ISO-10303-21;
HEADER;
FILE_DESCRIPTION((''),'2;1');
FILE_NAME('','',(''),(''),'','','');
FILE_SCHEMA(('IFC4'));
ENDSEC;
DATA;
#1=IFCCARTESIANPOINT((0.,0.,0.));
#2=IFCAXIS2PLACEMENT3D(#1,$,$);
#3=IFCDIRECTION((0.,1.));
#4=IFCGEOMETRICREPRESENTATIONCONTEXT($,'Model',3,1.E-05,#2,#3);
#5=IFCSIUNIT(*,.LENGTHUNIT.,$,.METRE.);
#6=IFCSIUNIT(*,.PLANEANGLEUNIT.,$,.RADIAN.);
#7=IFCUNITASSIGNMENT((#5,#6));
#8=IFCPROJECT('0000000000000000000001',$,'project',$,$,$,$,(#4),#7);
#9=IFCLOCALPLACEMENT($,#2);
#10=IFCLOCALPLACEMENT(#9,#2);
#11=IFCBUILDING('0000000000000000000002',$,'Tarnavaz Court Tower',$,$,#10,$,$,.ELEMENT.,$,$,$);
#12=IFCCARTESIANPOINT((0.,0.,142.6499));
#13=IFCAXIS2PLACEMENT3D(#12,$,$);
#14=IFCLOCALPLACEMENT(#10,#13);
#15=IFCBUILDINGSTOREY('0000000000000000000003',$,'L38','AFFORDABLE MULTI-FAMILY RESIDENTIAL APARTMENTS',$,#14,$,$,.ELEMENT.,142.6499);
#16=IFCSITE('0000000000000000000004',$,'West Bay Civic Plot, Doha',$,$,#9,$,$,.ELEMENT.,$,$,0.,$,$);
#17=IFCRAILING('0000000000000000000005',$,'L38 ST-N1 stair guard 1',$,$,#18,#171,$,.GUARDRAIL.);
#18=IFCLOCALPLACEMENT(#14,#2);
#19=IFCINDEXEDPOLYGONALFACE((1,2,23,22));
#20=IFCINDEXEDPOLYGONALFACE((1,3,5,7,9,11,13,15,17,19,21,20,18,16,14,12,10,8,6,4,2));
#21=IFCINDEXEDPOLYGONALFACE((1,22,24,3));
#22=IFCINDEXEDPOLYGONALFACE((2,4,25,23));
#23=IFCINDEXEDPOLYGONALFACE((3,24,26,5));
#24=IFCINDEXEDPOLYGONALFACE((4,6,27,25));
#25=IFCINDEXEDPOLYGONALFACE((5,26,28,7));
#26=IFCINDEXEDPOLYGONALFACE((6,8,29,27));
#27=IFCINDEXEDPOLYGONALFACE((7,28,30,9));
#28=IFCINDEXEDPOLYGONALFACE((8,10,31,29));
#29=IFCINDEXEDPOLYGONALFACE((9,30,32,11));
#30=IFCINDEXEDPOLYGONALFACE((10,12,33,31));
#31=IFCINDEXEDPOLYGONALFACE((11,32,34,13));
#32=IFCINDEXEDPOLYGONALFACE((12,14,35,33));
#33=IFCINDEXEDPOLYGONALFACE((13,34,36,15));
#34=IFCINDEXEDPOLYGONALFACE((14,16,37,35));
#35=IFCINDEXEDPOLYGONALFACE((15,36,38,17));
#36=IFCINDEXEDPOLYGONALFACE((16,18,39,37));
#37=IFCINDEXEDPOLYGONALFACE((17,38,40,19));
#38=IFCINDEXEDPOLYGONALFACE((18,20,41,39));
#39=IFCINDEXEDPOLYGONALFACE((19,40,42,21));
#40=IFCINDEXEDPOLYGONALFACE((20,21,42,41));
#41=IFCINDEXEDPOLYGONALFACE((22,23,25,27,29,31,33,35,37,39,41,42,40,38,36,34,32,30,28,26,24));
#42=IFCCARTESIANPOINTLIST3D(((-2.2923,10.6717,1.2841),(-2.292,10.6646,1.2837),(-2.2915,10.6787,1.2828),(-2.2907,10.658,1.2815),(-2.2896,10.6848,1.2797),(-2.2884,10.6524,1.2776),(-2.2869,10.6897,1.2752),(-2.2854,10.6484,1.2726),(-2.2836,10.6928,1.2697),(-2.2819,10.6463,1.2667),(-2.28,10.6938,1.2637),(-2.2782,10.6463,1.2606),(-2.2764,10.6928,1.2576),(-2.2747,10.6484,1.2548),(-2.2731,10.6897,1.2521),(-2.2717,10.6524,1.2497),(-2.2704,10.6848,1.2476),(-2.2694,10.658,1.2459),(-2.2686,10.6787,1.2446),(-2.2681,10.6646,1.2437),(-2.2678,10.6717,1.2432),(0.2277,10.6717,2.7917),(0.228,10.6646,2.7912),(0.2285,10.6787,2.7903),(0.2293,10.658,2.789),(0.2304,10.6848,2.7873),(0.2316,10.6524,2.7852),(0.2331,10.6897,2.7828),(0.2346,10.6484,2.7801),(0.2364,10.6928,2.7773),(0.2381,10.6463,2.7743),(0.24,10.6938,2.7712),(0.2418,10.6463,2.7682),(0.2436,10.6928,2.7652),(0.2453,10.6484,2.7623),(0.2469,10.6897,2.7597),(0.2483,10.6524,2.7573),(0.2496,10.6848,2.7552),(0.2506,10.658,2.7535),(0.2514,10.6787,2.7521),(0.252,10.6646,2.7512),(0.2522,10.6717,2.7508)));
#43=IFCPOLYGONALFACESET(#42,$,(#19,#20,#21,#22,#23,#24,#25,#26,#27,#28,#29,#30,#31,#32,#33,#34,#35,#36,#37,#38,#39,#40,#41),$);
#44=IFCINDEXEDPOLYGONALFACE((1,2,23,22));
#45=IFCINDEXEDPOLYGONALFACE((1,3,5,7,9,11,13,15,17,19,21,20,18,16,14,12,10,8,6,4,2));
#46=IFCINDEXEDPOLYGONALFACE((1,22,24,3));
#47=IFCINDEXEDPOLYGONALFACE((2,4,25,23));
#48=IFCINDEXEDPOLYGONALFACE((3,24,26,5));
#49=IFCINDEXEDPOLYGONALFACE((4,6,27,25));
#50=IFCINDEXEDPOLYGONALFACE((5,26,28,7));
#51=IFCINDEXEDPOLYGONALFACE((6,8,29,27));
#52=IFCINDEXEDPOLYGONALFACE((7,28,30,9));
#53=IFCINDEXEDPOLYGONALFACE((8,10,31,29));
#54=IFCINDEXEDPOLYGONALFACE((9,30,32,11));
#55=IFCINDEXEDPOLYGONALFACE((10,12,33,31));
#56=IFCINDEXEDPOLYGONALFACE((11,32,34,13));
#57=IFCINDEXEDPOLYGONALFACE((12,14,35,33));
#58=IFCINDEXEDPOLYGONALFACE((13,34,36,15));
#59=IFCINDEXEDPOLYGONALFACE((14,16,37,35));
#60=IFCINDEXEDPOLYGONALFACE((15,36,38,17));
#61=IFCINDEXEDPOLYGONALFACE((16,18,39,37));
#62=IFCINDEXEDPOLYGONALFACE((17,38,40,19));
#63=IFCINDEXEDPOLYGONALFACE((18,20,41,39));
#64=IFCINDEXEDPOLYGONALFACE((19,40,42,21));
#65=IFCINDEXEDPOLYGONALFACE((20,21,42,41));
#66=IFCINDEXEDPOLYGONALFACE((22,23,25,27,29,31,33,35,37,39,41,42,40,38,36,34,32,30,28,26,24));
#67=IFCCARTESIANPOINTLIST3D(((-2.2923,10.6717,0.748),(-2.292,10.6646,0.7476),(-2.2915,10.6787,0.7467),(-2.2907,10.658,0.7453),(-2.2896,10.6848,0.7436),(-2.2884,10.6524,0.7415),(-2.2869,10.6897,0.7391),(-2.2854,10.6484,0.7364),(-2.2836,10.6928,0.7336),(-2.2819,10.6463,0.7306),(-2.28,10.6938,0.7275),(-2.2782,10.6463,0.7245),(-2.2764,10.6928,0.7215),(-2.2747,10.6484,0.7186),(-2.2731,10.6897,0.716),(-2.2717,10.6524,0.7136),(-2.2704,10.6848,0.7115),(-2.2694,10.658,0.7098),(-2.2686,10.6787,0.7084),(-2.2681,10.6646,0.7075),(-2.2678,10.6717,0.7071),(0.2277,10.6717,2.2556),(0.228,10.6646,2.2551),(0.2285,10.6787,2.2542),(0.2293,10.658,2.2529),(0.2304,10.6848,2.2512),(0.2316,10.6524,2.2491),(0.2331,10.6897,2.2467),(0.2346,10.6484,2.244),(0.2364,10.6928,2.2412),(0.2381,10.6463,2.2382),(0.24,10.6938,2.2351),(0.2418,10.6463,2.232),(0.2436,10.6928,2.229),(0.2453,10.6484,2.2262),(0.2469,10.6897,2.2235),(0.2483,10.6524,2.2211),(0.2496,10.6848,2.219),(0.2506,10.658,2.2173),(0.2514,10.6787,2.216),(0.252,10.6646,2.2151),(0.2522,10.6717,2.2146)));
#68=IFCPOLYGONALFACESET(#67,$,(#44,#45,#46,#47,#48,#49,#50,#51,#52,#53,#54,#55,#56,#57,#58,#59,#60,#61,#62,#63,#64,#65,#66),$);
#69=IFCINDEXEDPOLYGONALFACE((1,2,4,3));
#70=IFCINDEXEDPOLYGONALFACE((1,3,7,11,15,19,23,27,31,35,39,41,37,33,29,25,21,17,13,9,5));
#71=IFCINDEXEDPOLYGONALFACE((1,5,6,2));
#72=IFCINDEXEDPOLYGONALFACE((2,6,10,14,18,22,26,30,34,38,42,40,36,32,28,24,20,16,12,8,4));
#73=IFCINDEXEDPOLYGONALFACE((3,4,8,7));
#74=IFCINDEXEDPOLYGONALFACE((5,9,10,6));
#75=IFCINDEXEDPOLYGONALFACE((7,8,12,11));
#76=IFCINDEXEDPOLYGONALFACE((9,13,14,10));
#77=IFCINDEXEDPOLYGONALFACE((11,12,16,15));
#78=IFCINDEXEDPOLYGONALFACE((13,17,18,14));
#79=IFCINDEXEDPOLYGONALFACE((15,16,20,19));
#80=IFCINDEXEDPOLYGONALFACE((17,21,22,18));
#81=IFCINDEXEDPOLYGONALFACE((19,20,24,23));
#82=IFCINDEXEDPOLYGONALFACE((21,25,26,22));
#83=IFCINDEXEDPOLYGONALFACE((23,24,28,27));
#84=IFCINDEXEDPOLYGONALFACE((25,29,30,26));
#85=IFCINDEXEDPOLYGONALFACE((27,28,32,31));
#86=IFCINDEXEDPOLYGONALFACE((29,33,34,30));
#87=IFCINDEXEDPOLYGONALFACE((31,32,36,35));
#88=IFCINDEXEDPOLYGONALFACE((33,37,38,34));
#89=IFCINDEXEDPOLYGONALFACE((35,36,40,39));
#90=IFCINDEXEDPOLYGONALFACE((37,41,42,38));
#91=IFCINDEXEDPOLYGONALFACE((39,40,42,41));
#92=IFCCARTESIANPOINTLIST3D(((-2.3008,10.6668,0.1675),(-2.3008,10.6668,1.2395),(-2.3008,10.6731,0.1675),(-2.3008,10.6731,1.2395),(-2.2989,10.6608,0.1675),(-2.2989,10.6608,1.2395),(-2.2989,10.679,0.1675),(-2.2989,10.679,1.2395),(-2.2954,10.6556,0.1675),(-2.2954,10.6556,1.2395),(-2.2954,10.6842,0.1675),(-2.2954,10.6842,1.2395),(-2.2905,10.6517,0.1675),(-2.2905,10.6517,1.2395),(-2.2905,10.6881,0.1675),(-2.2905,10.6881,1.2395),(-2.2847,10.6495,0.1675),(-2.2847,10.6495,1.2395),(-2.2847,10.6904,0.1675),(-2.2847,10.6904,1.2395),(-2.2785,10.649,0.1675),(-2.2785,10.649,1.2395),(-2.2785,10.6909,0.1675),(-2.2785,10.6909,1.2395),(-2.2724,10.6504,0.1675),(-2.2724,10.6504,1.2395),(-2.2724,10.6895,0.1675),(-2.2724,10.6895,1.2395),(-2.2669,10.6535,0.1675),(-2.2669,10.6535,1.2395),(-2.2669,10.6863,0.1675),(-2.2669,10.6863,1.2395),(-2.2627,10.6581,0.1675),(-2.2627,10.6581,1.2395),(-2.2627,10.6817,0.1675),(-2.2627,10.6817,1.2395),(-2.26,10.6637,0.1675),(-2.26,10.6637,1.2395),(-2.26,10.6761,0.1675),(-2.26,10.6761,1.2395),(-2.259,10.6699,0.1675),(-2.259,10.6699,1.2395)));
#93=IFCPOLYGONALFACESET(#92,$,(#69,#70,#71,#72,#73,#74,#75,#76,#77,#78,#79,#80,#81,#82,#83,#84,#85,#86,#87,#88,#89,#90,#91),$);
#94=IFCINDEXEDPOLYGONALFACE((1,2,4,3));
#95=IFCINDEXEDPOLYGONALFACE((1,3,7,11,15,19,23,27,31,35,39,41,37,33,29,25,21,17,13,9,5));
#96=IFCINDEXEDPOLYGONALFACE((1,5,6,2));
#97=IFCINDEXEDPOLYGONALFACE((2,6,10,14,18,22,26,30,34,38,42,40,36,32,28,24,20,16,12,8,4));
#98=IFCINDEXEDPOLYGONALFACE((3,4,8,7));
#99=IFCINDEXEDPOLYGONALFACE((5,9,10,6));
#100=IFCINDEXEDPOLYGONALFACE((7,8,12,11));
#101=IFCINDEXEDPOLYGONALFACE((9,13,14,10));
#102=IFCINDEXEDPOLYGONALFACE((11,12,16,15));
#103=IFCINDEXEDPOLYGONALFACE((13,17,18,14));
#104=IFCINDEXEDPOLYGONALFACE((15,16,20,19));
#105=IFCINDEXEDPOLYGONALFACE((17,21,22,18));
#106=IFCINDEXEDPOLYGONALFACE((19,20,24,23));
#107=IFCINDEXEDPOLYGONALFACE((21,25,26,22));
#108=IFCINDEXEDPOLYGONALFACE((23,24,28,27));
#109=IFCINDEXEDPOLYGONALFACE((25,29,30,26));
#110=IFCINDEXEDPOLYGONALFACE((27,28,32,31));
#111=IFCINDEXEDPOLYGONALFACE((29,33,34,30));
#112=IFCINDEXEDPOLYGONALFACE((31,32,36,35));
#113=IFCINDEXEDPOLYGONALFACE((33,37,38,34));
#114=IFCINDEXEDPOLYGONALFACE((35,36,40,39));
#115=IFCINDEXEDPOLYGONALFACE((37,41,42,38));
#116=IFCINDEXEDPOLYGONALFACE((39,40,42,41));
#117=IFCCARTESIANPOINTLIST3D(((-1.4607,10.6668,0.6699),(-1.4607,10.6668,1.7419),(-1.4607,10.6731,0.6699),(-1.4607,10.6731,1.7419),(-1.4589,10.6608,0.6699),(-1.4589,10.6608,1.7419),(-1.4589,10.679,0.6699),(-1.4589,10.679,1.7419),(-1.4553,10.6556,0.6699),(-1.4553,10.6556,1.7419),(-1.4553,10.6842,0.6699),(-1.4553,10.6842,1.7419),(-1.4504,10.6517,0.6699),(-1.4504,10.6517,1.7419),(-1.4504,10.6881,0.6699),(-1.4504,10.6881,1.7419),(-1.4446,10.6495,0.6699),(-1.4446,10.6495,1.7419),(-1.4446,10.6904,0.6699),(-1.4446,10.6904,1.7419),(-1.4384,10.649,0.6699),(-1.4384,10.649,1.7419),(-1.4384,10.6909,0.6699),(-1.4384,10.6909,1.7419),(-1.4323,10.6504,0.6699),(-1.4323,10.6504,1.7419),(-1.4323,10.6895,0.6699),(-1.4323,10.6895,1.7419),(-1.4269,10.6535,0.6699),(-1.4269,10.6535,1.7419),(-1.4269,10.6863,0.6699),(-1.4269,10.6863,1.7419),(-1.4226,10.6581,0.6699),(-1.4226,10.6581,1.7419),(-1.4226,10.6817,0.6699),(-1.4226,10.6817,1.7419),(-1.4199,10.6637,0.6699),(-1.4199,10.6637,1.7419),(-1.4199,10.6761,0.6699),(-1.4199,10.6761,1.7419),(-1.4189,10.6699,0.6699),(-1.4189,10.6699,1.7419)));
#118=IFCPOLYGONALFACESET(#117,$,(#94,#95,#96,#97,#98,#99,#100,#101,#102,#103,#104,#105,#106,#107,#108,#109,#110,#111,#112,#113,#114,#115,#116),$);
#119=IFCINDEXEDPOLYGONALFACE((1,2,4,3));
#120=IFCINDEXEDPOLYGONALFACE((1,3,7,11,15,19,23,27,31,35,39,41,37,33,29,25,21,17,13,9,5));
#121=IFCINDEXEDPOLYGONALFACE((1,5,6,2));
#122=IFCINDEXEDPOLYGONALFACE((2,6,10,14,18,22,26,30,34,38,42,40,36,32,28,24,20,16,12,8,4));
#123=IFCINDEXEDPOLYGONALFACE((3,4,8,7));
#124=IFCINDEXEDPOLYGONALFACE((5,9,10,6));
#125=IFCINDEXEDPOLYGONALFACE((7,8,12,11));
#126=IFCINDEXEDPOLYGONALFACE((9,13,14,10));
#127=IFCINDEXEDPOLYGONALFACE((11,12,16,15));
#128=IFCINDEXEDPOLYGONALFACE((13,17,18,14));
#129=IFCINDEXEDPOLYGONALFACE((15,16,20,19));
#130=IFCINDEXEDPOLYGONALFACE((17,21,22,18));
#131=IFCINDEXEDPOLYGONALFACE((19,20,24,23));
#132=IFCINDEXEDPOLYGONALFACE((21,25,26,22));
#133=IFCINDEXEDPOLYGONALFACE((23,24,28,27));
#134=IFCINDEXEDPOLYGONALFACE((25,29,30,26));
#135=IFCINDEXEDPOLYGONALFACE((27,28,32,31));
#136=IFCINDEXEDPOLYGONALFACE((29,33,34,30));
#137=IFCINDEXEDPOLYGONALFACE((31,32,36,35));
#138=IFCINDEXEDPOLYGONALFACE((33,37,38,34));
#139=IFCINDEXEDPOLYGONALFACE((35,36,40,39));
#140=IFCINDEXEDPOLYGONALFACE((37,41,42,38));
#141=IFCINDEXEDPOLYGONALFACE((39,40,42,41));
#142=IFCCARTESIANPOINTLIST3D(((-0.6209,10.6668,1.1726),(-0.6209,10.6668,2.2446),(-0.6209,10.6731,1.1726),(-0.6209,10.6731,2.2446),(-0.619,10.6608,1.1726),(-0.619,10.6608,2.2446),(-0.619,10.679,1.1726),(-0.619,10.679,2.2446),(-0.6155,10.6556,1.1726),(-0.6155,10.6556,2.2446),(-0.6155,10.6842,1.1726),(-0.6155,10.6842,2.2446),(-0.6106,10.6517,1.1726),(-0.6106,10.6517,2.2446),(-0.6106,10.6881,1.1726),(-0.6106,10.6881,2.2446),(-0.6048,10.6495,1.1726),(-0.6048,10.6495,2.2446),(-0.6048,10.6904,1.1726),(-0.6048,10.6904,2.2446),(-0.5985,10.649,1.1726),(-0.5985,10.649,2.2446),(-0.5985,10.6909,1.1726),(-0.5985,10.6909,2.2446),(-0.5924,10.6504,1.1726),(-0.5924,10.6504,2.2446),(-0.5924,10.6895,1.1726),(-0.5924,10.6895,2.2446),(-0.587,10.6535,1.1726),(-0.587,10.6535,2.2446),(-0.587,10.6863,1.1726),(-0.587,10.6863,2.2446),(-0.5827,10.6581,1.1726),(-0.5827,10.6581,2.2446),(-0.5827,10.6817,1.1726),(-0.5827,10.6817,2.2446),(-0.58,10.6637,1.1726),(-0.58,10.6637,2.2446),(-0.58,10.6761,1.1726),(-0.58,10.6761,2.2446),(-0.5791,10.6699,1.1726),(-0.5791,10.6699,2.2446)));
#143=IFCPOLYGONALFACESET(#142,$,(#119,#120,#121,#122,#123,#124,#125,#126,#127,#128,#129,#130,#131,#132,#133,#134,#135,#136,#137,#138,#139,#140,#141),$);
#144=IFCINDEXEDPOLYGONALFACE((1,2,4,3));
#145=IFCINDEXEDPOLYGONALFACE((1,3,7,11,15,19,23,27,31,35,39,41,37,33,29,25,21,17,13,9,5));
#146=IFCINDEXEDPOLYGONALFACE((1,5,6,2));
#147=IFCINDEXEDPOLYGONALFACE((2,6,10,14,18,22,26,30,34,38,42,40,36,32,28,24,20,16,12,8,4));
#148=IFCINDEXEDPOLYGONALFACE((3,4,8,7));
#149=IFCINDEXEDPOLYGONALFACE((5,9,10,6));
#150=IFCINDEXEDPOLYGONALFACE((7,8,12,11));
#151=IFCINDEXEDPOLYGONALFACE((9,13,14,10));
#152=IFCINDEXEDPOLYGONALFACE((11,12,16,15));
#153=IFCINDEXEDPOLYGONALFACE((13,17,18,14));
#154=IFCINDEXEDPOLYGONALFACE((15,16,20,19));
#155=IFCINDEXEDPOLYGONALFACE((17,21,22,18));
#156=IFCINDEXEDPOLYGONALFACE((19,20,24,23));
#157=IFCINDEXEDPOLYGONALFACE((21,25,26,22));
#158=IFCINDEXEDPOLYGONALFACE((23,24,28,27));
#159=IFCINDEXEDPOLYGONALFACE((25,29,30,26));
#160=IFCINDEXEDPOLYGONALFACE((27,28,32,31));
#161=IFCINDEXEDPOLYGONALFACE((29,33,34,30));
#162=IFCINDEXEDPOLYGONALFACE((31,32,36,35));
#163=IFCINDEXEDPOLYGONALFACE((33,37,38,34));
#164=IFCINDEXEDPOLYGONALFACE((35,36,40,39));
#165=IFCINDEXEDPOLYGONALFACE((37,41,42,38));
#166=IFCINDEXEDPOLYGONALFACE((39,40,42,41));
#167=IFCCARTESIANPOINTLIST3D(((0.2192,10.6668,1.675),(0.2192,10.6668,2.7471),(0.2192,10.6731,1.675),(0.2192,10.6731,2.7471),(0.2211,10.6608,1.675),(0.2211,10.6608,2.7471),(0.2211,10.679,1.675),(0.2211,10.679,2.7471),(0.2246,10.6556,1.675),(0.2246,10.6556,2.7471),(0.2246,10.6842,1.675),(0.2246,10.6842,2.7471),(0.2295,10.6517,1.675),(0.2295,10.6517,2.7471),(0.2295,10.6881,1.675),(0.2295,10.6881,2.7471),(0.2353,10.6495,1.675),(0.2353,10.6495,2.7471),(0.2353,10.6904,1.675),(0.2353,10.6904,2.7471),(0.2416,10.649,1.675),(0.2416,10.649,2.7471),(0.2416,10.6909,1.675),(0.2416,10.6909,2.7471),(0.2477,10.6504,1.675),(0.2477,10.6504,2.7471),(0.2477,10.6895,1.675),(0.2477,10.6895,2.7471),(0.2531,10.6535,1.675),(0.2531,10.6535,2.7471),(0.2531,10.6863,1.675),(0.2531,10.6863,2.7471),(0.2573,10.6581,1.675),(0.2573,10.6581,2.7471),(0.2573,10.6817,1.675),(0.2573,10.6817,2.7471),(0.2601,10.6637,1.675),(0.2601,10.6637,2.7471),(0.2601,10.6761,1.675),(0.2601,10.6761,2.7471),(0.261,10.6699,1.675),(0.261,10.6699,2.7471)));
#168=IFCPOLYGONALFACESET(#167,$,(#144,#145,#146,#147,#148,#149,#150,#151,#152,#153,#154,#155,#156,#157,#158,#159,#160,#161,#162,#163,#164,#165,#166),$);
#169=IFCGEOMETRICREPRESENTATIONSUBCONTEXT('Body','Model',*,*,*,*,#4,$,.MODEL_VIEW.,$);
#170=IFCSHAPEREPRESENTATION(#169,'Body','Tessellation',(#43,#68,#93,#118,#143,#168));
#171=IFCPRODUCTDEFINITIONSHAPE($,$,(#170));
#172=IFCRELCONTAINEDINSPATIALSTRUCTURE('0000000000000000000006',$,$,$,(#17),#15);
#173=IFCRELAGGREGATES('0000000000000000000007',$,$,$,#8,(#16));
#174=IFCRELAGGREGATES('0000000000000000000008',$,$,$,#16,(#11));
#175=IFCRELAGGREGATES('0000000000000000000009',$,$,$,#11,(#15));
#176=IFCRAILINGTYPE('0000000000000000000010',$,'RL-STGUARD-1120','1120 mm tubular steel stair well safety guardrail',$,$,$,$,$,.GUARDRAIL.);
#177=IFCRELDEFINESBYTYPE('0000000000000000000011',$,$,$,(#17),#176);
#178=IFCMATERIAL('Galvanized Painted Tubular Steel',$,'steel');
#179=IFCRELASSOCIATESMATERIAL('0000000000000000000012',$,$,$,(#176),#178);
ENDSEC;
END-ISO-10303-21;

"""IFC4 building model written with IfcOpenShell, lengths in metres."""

from ifc_helpers import new_model, si_unit, direction, frame, origin, origin_2d, place, context, subcontext, project, spatial, circle, extrude, material, type_object, element, save


model = new_model("IFC4")

# Units and contexts
model_context = context("Model", 3, precision=1e-05, world=origin(), true_north=direction((0.0, 1.0)))
body_context = subcontext(model_context, "Body", "Model", "MODEL_VIEW")
ifc_project = project(units=[si_unit("LENGTHUNIT", "METRE"), si_unit("PLANEANGLEUNIT", "RADIAN")], contexts=[model_context])

# Site, building, storey
site_placement = place(None, origin())
site = spatial("IfcSite", under=ifc_project, at=site_placement, Name="West Bay Civic Plot, Doha", CompositionType="ELEMENT", RefElevation=0.0)
building_placement = place(site_placement, origin())
building = spatial("IfcBuilding", under=site, at=building_placement, Name="Tarnavaz Court Tower", CompositionType="ELEMENT")
storey_placement = place(building_placement, frame((0.0, 0.0, 142.6499)))
storey = spatial("IfcBuildingStorey", under=building, at=storey_placement, Name="L38", Description="AFFORDABLE MULTI-FAMILY RESIDENTIAL APARTMENTS", CompositionType="ELEMENT", Elevation=142.6499)

# Railing
ifc_material_1 = material(Name="Galvanized Painted Tubular Steel", Category="steel")
railing_type_1 = type_object("IfcRailingType", Name="RL-STGUARD-1120", Description="1120 mm tubular steel stair well safety guardrail", PredefinedType="GUARDRAIL", material=ifc_material_1)
railing_1_placement = place(storey_placement, frame((-2.28, 10.6699, 0.1675)))
element("IfcRailing", 1, at=railing_1_placement, inside=storey, type_object=railing_type_1, Name="L38 ST-N1 stair guard 1", PredefinedType="GUARDRAIL", context=body_context, shape_type="SweptSolid", body=[
    extrude(circle(Radius=0.0239, at=origin_2d()), frame((0.0, 0.0, 1.0962), z_axis=(0.85816, 0.0, 0.513383), x_axis=(0.0, 1.0, 0.0)), (0.0, 0.0, 1.0), 2.9365),
    extrude(circle(Radius=0.0239, at=origin_2d()), frame((0.0, 0.0, 0.5601), z_axis=(0.85816, 0.0, 0.513383), x_axis=(0.0, 1.0, 0.0)), (0.0, 0.0, 1.0), 2.9365),
    extrude(circle(Radius=0.021, at=origin_2d()), origin(), (0.0, 0.0, 1.0), 1.072),
    extrude(circle(Radius=0.021, at=origin_2d()), frame((0.8401, 0.0, 0.5024)), (0.0, 0.0, 1.0), 1.072),
    extrude(circle(Radius=0.021, at=origin_2d()), frame((1.6799, 0.0, 1.0051)), (0.0, 0.0, 1.0), 1.072),
    extrude(circle(Radius=0.021, at=origin_2d()), frame((2.52, 0.0, 1.5076)), (0.0, 0.0, 1.0), 1.072),
])

save(model, "model.ifc")
